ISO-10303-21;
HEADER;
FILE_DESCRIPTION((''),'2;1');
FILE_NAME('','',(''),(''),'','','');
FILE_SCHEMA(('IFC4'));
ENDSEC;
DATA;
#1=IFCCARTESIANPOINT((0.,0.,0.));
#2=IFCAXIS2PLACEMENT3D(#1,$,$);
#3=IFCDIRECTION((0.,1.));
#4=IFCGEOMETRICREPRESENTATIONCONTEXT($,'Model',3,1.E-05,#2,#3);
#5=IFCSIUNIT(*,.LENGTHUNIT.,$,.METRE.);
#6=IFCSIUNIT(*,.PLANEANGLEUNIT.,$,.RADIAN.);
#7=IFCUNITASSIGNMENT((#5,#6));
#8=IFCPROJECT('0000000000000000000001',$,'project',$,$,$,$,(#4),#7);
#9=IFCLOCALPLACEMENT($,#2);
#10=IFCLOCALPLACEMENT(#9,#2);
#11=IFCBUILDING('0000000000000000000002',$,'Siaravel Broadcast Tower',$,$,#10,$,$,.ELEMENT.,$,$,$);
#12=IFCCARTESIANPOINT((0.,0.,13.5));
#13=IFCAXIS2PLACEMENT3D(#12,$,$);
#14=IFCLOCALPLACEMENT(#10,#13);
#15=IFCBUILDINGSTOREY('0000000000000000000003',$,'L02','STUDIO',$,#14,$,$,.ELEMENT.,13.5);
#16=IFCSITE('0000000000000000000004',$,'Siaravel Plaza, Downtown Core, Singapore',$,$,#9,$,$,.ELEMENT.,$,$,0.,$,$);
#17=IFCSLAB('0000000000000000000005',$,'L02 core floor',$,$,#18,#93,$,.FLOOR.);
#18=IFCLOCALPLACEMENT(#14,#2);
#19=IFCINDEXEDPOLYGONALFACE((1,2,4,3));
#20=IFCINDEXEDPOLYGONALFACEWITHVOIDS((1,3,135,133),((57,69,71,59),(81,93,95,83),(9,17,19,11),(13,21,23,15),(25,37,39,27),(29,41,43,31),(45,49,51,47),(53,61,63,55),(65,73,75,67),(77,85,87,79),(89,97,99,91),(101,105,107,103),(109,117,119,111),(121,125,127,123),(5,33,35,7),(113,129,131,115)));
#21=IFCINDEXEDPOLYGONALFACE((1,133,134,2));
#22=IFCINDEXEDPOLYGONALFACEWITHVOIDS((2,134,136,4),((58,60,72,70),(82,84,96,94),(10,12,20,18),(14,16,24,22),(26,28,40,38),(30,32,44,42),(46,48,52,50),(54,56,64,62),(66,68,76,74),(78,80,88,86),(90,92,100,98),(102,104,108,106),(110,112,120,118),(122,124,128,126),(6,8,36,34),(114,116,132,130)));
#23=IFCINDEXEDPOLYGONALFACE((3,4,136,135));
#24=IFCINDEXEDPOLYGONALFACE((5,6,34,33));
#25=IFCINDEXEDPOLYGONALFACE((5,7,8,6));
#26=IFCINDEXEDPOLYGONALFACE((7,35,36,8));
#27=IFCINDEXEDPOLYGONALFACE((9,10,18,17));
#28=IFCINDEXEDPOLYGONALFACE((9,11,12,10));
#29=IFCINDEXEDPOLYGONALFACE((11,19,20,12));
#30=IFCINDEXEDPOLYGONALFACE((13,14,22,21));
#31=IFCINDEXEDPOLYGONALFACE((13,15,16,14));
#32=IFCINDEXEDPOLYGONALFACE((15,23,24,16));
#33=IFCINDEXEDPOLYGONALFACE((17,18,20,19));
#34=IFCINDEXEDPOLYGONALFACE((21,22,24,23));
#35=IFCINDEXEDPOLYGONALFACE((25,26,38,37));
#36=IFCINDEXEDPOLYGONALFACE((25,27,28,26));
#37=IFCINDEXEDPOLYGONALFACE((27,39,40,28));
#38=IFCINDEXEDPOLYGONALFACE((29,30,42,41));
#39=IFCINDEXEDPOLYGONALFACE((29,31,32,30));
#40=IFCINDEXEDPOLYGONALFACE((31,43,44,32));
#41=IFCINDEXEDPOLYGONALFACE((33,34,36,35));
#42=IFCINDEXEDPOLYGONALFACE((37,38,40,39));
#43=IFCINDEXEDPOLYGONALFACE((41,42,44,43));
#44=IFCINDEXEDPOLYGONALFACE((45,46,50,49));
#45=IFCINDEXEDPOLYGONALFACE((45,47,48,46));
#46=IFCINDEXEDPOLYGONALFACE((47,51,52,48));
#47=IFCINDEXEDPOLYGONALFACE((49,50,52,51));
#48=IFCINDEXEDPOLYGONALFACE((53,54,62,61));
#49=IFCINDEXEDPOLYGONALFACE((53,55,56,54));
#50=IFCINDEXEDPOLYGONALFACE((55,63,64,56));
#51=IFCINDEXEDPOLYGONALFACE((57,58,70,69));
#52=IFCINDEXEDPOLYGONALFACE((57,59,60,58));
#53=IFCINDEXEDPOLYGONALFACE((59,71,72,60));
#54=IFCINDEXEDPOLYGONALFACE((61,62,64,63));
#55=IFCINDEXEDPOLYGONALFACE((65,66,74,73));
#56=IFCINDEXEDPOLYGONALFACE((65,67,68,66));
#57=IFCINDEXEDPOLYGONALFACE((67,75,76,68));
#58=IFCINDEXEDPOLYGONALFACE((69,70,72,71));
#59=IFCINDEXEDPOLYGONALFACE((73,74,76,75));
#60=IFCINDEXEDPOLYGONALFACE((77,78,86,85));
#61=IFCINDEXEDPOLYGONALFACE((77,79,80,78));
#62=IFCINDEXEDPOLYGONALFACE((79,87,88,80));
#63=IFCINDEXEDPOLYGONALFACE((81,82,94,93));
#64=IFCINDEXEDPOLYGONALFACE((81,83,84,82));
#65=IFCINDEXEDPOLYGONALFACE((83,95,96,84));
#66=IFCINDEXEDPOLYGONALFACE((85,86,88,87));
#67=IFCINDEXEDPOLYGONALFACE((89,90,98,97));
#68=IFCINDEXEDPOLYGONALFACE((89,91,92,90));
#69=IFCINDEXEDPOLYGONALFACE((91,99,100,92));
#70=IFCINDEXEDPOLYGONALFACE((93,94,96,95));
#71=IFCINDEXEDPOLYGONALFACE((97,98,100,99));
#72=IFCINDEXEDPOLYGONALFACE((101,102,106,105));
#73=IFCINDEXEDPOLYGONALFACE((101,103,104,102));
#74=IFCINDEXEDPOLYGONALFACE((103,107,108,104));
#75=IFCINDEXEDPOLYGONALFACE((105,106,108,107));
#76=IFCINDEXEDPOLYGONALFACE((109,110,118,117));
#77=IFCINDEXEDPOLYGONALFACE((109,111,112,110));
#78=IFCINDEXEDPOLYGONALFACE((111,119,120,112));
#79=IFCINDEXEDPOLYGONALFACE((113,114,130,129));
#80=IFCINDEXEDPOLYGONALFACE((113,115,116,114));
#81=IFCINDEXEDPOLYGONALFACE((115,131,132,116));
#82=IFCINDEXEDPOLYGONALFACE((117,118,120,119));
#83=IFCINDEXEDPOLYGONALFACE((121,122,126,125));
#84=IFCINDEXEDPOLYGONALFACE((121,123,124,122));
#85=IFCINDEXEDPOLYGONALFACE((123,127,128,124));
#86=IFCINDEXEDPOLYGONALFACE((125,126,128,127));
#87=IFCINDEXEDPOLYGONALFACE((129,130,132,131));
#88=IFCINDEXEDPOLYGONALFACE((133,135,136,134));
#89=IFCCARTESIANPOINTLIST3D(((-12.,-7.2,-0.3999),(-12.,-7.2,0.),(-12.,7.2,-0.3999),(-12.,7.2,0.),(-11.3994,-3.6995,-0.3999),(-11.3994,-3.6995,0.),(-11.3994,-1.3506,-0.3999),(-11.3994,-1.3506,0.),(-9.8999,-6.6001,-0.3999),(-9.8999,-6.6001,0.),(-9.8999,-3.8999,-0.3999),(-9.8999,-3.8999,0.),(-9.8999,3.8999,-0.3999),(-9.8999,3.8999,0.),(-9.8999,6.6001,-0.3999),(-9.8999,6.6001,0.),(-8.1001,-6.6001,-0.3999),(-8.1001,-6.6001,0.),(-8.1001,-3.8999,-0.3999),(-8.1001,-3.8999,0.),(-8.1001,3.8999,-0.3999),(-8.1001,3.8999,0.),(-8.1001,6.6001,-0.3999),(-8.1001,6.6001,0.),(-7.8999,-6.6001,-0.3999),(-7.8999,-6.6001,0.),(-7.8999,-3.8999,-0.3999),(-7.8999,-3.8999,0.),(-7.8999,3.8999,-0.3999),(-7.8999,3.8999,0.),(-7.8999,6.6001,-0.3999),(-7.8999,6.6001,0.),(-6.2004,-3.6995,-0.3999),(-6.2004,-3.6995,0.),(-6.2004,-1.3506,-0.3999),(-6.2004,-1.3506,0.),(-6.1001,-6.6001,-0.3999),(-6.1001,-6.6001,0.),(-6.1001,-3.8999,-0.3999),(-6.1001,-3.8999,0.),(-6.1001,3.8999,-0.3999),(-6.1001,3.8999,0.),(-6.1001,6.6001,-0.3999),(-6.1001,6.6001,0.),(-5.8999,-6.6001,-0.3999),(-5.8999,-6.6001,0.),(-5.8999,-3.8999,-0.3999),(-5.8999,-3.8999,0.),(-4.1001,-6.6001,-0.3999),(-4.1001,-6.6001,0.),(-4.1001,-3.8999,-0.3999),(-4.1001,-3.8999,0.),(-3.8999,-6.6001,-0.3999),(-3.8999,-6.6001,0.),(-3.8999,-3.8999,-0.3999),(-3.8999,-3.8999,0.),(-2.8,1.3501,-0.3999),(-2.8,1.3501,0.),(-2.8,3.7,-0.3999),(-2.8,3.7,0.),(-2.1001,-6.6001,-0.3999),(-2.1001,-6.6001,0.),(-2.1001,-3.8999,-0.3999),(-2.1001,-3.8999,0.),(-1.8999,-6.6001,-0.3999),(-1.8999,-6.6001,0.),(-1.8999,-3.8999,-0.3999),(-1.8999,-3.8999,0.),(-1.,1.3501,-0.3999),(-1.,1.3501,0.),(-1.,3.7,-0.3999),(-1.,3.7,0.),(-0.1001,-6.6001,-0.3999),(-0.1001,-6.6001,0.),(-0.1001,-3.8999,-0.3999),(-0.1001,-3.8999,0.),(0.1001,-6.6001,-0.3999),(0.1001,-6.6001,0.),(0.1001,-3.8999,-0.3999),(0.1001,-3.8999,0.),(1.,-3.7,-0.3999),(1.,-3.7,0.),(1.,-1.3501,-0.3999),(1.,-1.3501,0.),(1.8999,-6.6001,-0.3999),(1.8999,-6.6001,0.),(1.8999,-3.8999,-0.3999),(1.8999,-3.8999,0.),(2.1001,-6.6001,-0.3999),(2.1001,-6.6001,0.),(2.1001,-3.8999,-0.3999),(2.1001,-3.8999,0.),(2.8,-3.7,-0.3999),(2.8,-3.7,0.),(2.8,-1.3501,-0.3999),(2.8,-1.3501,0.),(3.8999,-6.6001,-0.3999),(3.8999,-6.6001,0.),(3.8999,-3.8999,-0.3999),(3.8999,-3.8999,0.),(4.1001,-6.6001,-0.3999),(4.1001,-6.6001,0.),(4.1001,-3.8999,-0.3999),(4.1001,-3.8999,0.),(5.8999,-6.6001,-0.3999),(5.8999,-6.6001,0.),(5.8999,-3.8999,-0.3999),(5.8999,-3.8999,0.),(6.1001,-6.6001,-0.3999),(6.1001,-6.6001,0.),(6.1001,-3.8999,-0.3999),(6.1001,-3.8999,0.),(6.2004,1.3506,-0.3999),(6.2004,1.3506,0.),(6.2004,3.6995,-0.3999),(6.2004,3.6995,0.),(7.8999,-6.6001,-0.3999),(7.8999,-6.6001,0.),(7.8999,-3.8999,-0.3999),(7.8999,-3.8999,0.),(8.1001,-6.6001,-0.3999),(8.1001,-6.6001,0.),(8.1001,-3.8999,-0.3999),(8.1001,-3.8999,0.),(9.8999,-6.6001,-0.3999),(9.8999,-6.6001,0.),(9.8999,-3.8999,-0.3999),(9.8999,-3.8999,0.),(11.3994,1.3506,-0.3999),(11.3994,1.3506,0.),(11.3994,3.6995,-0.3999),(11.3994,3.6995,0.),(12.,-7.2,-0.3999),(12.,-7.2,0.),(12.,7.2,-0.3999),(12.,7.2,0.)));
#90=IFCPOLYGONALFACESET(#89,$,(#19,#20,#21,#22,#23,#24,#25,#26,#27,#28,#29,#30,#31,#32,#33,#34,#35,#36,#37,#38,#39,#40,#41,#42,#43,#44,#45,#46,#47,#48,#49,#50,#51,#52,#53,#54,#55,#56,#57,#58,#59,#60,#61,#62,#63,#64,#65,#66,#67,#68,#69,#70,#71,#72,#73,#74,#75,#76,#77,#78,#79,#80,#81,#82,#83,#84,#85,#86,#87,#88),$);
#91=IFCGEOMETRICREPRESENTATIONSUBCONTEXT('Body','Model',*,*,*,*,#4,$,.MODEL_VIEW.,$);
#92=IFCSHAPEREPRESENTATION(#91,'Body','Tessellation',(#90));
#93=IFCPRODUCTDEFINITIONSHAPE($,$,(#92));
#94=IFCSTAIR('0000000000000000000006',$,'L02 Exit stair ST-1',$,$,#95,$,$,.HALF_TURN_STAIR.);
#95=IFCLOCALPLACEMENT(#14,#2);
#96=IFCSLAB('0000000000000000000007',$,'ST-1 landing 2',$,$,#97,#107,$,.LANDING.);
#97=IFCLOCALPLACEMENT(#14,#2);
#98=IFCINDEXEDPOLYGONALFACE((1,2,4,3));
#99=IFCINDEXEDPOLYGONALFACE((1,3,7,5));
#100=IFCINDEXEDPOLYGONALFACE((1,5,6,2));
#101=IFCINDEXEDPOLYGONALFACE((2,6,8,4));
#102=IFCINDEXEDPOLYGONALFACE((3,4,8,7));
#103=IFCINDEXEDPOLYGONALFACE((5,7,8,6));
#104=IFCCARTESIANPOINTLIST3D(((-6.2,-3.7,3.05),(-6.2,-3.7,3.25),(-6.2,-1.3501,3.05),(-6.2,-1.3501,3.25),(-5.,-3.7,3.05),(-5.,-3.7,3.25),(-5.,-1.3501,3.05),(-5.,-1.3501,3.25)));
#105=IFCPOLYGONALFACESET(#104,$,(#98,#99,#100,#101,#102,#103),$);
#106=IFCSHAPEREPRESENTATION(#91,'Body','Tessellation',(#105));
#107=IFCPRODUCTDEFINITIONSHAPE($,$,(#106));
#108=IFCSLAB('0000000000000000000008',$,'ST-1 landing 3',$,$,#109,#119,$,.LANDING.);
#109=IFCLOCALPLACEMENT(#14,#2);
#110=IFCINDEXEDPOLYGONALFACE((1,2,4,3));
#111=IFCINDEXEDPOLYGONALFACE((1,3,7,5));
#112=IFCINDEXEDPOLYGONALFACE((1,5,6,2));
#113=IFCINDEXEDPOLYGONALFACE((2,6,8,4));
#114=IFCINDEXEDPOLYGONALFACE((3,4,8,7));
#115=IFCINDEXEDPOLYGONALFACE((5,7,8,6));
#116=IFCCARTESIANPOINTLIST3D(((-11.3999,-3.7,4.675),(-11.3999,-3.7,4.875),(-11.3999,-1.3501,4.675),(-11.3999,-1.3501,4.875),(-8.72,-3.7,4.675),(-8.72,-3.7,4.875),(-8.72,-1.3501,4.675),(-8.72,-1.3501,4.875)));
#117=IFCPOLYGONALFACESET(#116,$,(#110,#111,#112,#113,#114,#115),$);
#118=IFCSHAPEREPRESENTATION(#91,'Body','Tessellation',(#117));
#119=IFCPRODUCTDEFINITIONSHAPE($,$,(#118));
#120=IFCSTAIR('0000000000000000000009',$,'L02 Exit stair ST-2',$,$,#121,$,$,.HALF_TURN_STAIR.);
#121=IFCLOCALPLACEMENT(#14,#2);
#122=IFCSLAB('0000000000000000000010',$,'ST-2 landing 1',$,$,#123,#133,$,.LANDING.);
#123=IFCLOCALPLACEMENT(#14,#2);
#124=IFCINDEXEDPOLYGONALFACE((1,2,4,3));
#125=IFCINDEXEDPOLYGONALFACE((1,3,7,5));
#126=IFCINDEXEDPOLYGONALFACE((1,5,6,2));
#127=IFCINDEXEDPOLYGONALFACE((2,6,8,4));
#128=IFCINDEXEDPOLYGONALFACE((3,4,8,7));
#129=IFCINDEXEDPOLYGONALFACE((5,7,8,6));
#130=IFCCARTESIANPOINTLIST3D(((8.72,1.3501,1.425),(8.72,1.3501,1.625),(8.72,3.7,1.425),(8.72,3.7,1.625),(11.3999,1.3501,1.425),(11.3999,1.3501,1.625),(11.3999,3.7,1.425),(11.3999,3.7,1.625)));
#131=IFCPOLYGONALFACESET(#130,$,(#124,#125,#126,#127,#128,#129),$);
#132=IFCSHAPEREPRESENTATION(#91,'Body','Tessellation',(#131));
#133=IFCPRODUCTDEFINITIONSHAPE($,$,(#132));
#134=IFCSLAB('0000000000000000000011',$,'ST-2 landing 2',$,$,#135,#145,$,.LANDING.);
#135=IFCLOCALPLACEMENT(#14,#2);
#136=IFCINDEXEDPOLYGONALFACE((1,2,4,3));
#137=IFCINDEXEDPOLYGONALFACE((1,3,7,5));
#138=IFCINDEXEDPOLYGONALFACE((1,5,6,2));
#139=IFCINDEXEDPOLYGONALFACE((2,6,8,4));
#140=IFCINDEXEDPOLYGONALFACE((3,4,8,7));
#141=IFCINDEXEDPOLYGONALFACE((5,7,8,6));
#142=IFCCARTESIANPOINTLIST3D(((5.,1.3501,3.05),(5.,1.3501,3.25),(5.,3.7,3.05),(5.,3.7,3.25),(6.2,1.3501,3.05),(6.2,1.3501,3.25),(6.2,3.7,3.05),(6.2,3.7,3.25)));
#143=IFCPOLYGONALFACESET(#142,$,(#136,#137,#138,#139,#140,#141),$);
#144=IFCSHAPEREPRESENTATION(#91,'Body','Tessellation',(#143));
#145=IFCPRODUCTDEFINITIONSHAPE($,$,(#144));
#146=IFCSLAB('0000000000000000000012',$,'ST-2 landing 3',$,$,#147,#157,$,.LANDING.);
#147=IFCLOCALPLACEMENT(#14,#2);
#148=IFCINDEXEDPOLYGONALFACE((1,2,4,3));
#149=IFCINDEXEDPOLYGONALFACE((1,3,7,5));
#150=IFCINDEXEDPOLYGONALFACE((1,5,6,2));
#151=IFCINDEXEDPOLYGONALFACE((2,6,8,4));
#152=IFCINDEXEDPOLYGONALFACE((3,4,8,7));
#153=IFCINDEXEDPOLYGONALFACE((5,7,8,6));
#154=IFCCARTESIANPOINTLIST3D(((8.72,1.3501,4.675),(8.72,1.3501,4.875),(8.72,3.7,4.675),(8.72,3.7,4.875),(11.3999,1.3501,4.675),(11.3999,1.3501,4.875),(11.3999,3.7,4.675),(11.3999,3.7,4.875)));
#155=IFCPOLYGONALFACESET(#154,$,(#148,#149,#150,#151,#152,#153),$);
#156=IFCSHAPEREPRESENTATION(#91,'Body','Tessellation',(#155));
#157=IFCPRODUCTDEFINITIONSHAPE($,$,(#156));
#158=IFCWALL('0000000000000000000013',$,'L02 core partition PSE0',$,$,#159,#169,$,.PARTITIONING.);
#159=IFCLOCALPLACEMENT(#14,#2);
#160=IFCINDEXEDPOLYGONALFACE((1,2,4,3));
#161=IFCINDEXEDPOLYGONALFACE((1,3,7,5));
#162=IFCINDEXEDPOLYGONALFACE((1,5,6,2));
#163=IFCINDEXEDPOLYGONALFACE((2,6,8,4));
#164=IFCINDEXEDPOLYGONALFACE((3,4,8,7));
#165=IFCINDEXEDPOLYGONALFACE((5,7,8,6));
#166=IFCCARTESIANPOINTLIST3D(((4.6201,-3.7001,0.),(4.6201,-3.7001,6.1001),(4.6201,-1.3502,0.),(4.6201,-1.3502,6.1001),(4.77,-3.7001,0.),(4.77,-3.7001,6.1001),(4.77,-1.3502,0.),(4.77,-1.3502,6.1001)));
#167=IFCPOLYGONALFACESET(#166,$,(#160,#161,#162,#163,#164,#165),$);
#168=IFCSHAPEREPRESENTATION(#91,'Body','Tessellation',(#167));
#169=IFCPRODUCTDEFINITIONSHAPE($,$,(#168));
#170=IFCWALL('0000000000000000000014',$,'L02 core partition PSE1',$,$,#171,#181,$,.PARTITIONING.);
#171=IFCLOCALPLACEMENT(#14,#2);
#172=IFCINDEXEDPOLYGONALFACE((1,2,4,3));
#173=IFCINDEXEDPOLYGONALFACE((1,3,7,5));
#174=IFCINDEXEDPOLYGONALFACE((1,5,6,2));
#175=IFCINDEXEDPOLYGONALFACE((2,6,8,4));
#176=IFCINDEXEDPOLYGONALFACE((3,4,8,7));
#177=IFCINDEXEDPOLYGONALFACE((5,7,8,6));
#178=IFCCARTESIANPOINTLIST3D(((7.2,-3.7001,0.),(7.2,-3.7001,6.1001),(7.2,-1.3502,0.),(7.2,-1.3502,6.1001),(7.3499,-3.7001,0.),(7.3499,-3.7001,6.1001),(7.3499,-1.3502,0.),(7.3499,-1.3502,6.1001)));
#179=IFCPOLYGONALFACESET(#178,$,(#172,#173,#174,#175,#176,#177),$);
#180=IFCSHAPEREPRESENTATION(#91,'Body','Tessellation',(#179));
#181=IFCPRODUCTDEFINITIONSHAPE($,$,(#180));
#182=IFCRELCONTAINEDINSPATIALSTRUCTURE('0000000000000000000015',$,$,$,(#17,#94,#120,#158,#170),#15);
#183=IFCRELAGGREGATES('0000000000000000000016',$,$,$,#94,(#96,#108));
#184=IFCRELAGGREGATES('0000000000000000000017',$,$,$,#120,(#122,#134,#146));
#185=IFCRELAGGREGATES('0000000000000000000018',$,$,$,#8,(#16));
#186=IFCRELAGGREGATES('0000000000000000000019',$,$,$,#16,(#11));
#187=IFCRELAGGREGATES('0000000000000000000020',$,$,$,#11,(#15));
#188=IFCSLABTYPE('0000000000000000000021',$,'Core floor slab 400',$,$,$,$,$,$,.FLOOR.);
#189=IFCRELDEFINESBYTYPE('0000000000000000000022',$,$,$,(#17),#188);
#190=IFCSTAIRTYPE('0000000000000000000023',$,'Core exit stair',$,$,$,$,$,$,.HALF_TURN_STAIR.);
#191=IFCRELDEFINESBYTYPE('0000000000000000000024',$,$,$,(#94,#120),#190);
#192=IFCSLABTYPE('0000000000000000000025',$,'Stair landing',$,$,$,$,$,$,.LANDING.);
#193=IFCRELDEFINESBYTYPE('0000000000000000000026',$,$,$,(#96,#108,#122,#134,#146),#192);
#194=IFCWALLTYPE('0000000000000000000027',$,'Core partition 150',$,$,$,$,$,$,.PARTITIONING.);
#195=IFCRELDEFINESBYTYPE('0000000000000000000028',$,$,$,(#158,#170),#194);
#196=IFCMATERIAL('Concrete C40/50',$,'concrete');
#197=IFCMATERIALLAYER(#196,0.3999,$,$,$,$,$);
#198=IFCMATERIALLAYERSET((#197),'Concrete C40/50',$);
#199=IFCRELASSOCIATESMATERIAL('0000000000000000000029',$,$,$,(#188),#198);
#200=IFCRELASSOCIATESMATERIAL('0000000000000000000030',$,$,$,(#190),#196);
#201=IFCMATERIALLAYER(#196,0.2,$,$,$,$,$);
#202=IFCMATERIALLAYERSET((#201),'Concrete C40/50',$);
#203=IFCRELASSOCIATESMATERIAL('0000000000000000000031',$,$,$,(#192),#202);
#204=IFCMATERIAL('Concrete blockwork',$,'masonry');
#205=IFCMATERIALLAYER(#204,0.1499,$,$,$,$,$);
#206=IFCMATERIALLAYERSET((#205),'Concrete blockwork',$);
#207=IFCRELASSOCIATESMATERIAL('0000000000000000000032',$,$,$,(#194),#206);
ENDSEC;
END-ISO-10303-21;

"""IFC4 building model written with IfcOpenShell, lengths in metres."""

from ifc_helpers import new_model, si_unit, direction, frame, frame_2d, origin, place, context, subcontext, project, spatial, polyline, rectangle, outline, extrude, material, layer, layer_set, type_object, element, aggregate, save


model = new_model("IFC4")

# Units and contexts
model_context = context("Model", 3, precision=1e-05, world=origin(), true_north=direction((0.0, 1.0)))
body_context = subcontext(model_context, "Body", "Model", "MODEL_VIEW")
ifc_project = project(units=[si_unit("LENGTHUNIT", "METRE"), si_unit("PLANEANGLEUNIT", "RADIAN")], contexts=[model_context])

# Site, building, storey
site_placement = place(None, origin())
site = spatial("IfcSite", under=ifc_project, at=site_placement, Name="Siaravel Plaza, Downtown Core, Singapore", CompositionType="ELEMENT", RefElevation=0.0)
building_placement = place(site_placement, origin())
building = spatial("IfcBuilding", under=site, at=building_placement, Name="Siaravel Broadcast Tower", CompositionType="ELEMENT")
storey_placement = place(building_placement, frame((0.0, 0.0, 13.5)))
storey = spatial("IfcBuildingStorey", under=building, at=storey_placement, Name="L02", Description="STUDIO", CompositionType="ELEMENT", Elevation=13.5)

# Slab
ifc_material_1 = material(Name="Concrete C40/50", Category="concrete")
ifc_layer_1 = layer(ifc_material_1, 0.3999)
ifc_layer_set_1 = layer_set([ifc_layer_1], Name="Concrete C40/50")
slab_type_1 = type_object("IfcSlabType", Name="Core floor slab 400", PredefinedType="FLOOR", material=ifc_layer_set_1)
slab_1_placement = place(storey_placement, frame((0.0, 0.0, -0.3999)))
element("IfcSlab", 1, at=slab_1_placement, inside=storey, type_object=slab_type_1, Name="L02 core floor", PredefinedType="FLOOR", context=body_context, shape_type="SweptSolid", body=[
    extrude(outline(polyline([(-12.0, -7.2), (-12.0, 7.2), (12.0, 7.2), (12.0, -7.2), (-12.0, -7.2)]), holes=[polyline([(11.3994, 1.3506), (11.3994, 3.6995), (6.2004, 3.6995), (6.2004, 1.3506), (11.3994, 1.3506)]), polyline([(9.8999, -3.8999), (8.1001, -3.8999), (8.1001, -6.6001), (9.8999, -6.6001), (9.8999, -3.8999)]), polyline([(7.8999, -3.8999), (6.1001, -3.8999), (6.1001, -6.6001), (7.8999, -6.6001), (7.8999, -3.8999)]), polyline([(5.8999, -3.8999), (4.1001, -3.8999), (4.1001, -6.6001), (5.8999, -6.6001), (5.8999, -3.8999)]), polyline([(3.8999, -3.8999), (2.1001, -3.8999), (2.1001, -6.6001), (3.8999, -6.6001), (3.8999, -3.8999)]), polyline([(2.8, -1.3501), (1.0, -1.3501), (1.0, -3.7), (2.8, -3.7), (2.8, -1.3501)]), polyline([(1.8999, -3.8999), (0.1001, -3.8999), (0.1001, -6.6001), (1.8999, -6.6001), (1.8999, -3.8999)]), polyline([(-0.1001, -3.8999), (-1.8999, -3.8999), (-1.8999, -6.6001), (-0.1001, -6.6001), (-0.1001, -3.8999)]), polyline([(-1.0, 3.7), (-2.8, 3.7), (-2.8, 1.3501), (-1.0, 1.3501), (-1.0, 3.7)]), polyline([(-2.1001, -3.8999), (-3.8999, -3.8999), (-3.8999, -6.6001), (-2.1001, -6.6001), (-2.1001, -3.8999)]), polyline([(-4.1001, -3.8999), (-5.8999, -3.8999), (-5.8999, -6.6001), (-4.1001, -6.6001), (-4.1001, -3.8999)]), polyline([(-6.1001, -3.8999), (-7.8999, -3.8999), (-7.8999, -6.6001), (-6.1001, -6.6001), (-6.1001, -3.8999)]), polyline([(-6.1001, 6.6001), (-7.8999, 6.6001), (-7.8999, 3.8999), (-6.1001, 3.8999), (-6.1001, 6.6001)]), polyline([(-11.3994, -1.3506), (-11.3994, -3.6995), (-6.2004, -3.6995), (-6.2004, -1.3506), (-11.3994, -1.3506)]), polyline([(-8.1001, -3.8999), (-9.8999, -3.8999), (-9.8999, -6.6001), (-8.1001, -6.6001), (-8.1001, -3.8999)]), polyline([(-8.1001, 6.6001), (-9.8999, 6.6001), (-9.8999, 3.8999), (-8.1001, 3.8999), (-8.1001, 6.6001)])]), origin(), (0.0, 0.0, 1.0), 0.3999),
])

# Stairs, slabs
stair_type = type_object("IfcStairType", Name="Core exit stair", PredefinedType="HALF_TURN_STAIR", material=ifc_material_1)
stair_1_placement = place(storey_placement, origin())
stair_1 = element("IfcStair", 2, at=stair_1_placement, inside=storey, type_object=stair_type, Name="L02 Exit stair ST-1", PredefinedType="HALF_TURN_STAIR")
ifc_layer_2 = layer(ifc_material_1, 0.2)
ifc_layer_set_2 = layer_set([ifc_layer_2], Name="Concrete C40/50")
slab_type_2 = type_object("IfcSlabType", Name="Stair landing", PredefinedType="LANDING", material=ifc_layer_set_2)
slab_2_placement = place(storey_placement, frame((0.0, 0.0, 3.05)))
slab_2 = element("IfcSlab", 3, at=slab_2_placement, type_object=slab_type_2, Name="ST-1 landing 2", PredefinedType="LANDING", context=body_context, shape_type="SweptSolid", body=[
    extrude(outline(polyline([(-5.0, -1.3501), (-6.2, -1.3501), (-6.2, -3.7), (-5.0, -3.7), (-5.0, -1.3501)])), origin(), (0.0, 0.0, 1.0), 0.2),
])
slab_3_placement = place(storey_placement, frame((0.0, 0.0, 4.675)))
slab_3 = element("IfcSlab", 4, at=slab_3_placement, type_object=slab_type_2, Name="ST-1 landing 3", PredefinedType="LANDING", context=body_context, shape_type="SweptSolid", body=[
    extrude(outline(polyline([(-8.72, -1.3501), (-11.3999, -1.3501), (-11.3999, -3.7), (-8.72, -3.7), (-8.72, -1.3501)])), origin(), (0.0, 0.0, 1.0), 0.2),
])
aggregate(stair_1, [slab_2, slab_3])
stair_2_placement = place(storey_placement, origin())
stair_2 = element("IfcStair", 5, at=stair_2_placement, inside=storey, type_object=stair_type, Name="L02 Exit stair ST-2", PredefinedType="HALF_TURN_STAIR")
slab_4_placement = place(storey_placement, frame((0.0, 0.0, 1.425)))
slab_4 = element("IfcSlab", 6, at=slab_4_placement, type_object=slab_type_2, Name="ST-2 landing 1", PredefinedType="LANDING", context=body_context, shape_type="SweptSolid", body=[
    extrude(outline(polyline([(8.72, 1.3501), (11.3999, 1.3501), (11.3999, 3.7), (8.72, 3.7), (8.72, 1.3501)])), origin(), (0.0, 0.0, 1.0), 0.2),
])
slab_5_placement = place(storey_placement, frame((0.0, 0.0, 3.05)))
slab_5 = element("IfcSlab", 7, at=slab_5_placement, type_object=slab_type_2, Name="ST-2 landing 2", PredefinedType="LANDING", context=body_context, shape_type="SweptSolid", body=[
    extrude(outline(polyline([(5.0, 1.3501), (6.2, 1.3501), (6.2, 3.7), (5.0, 3.7), (5.0, 1.3501)])), origin(), (0.0, 0.0, 1.0), 0.2),
])
slab_6_placement = place(storey_placement, frame((0.0, 0.0, 4.675)))
slab_6 = element("IfcSlab", 8, at=slab_6_placement, type_object=slab_type_2, Name="ST-2 landing 3", PredefinedType="LANDING", context=body_context, shape_type="SweptSolid", body=[
    extrude(outline(polyline([(8.72, 1.3501), (11.3999, 1.3501), (11.3999, 3.7), (8.72, 3.7), (8.72, 1.3501)])), origin(), (0.0, 0.0, 1.0), 0.2),
])
aggregate(stair_2, [slab_4, slab_5, slab_6])

# Walls
ifc_material_2 = material(Name="Concrete blockwork", Category="masonry")
ifc_layer_3 = layer(ifc_material_2, 0.1499)
ifc_layer_set_3 = layer_set([ifc_layer_3], Name="Concrete blockwork")
wall_type_1 = type_object("IfcWallType", Name="Core partition 150", PredefinedType="PARTITIONING", material=ifc_layer_set_3)
for number, where, z_axis, x_axis, name in (
    (9, (4.6951, -3.7, 0.0), (0.0, 0.0, 1.0), (0.0, 1.0, 0.0), "L02 core partition PSE0"),
    (10, (7.2749, -3.7, 0.0), (0.0, 0.0, 1.0), (0.0, 1.0, 0.0), "L02 core partition PSE1"),
):
    element("IfcWall", number, at=place(storey_placement, frame(where, z_axis=z_axis, x_axis=x_axis)), inside=storey, type_object=wall_type_1, Name=name, PredefinedType="PARTITIONING", context=body_context, shape_type="SweptSolid", body=[
        extrude(rectangle(XDim=2.3499, YDim=0.1499, at=frame_2d((1.1748, 0.0))), origin(), (0.0, 0.0, 1.0), 6.1001),
    ])

save(model, "model.ifc")
